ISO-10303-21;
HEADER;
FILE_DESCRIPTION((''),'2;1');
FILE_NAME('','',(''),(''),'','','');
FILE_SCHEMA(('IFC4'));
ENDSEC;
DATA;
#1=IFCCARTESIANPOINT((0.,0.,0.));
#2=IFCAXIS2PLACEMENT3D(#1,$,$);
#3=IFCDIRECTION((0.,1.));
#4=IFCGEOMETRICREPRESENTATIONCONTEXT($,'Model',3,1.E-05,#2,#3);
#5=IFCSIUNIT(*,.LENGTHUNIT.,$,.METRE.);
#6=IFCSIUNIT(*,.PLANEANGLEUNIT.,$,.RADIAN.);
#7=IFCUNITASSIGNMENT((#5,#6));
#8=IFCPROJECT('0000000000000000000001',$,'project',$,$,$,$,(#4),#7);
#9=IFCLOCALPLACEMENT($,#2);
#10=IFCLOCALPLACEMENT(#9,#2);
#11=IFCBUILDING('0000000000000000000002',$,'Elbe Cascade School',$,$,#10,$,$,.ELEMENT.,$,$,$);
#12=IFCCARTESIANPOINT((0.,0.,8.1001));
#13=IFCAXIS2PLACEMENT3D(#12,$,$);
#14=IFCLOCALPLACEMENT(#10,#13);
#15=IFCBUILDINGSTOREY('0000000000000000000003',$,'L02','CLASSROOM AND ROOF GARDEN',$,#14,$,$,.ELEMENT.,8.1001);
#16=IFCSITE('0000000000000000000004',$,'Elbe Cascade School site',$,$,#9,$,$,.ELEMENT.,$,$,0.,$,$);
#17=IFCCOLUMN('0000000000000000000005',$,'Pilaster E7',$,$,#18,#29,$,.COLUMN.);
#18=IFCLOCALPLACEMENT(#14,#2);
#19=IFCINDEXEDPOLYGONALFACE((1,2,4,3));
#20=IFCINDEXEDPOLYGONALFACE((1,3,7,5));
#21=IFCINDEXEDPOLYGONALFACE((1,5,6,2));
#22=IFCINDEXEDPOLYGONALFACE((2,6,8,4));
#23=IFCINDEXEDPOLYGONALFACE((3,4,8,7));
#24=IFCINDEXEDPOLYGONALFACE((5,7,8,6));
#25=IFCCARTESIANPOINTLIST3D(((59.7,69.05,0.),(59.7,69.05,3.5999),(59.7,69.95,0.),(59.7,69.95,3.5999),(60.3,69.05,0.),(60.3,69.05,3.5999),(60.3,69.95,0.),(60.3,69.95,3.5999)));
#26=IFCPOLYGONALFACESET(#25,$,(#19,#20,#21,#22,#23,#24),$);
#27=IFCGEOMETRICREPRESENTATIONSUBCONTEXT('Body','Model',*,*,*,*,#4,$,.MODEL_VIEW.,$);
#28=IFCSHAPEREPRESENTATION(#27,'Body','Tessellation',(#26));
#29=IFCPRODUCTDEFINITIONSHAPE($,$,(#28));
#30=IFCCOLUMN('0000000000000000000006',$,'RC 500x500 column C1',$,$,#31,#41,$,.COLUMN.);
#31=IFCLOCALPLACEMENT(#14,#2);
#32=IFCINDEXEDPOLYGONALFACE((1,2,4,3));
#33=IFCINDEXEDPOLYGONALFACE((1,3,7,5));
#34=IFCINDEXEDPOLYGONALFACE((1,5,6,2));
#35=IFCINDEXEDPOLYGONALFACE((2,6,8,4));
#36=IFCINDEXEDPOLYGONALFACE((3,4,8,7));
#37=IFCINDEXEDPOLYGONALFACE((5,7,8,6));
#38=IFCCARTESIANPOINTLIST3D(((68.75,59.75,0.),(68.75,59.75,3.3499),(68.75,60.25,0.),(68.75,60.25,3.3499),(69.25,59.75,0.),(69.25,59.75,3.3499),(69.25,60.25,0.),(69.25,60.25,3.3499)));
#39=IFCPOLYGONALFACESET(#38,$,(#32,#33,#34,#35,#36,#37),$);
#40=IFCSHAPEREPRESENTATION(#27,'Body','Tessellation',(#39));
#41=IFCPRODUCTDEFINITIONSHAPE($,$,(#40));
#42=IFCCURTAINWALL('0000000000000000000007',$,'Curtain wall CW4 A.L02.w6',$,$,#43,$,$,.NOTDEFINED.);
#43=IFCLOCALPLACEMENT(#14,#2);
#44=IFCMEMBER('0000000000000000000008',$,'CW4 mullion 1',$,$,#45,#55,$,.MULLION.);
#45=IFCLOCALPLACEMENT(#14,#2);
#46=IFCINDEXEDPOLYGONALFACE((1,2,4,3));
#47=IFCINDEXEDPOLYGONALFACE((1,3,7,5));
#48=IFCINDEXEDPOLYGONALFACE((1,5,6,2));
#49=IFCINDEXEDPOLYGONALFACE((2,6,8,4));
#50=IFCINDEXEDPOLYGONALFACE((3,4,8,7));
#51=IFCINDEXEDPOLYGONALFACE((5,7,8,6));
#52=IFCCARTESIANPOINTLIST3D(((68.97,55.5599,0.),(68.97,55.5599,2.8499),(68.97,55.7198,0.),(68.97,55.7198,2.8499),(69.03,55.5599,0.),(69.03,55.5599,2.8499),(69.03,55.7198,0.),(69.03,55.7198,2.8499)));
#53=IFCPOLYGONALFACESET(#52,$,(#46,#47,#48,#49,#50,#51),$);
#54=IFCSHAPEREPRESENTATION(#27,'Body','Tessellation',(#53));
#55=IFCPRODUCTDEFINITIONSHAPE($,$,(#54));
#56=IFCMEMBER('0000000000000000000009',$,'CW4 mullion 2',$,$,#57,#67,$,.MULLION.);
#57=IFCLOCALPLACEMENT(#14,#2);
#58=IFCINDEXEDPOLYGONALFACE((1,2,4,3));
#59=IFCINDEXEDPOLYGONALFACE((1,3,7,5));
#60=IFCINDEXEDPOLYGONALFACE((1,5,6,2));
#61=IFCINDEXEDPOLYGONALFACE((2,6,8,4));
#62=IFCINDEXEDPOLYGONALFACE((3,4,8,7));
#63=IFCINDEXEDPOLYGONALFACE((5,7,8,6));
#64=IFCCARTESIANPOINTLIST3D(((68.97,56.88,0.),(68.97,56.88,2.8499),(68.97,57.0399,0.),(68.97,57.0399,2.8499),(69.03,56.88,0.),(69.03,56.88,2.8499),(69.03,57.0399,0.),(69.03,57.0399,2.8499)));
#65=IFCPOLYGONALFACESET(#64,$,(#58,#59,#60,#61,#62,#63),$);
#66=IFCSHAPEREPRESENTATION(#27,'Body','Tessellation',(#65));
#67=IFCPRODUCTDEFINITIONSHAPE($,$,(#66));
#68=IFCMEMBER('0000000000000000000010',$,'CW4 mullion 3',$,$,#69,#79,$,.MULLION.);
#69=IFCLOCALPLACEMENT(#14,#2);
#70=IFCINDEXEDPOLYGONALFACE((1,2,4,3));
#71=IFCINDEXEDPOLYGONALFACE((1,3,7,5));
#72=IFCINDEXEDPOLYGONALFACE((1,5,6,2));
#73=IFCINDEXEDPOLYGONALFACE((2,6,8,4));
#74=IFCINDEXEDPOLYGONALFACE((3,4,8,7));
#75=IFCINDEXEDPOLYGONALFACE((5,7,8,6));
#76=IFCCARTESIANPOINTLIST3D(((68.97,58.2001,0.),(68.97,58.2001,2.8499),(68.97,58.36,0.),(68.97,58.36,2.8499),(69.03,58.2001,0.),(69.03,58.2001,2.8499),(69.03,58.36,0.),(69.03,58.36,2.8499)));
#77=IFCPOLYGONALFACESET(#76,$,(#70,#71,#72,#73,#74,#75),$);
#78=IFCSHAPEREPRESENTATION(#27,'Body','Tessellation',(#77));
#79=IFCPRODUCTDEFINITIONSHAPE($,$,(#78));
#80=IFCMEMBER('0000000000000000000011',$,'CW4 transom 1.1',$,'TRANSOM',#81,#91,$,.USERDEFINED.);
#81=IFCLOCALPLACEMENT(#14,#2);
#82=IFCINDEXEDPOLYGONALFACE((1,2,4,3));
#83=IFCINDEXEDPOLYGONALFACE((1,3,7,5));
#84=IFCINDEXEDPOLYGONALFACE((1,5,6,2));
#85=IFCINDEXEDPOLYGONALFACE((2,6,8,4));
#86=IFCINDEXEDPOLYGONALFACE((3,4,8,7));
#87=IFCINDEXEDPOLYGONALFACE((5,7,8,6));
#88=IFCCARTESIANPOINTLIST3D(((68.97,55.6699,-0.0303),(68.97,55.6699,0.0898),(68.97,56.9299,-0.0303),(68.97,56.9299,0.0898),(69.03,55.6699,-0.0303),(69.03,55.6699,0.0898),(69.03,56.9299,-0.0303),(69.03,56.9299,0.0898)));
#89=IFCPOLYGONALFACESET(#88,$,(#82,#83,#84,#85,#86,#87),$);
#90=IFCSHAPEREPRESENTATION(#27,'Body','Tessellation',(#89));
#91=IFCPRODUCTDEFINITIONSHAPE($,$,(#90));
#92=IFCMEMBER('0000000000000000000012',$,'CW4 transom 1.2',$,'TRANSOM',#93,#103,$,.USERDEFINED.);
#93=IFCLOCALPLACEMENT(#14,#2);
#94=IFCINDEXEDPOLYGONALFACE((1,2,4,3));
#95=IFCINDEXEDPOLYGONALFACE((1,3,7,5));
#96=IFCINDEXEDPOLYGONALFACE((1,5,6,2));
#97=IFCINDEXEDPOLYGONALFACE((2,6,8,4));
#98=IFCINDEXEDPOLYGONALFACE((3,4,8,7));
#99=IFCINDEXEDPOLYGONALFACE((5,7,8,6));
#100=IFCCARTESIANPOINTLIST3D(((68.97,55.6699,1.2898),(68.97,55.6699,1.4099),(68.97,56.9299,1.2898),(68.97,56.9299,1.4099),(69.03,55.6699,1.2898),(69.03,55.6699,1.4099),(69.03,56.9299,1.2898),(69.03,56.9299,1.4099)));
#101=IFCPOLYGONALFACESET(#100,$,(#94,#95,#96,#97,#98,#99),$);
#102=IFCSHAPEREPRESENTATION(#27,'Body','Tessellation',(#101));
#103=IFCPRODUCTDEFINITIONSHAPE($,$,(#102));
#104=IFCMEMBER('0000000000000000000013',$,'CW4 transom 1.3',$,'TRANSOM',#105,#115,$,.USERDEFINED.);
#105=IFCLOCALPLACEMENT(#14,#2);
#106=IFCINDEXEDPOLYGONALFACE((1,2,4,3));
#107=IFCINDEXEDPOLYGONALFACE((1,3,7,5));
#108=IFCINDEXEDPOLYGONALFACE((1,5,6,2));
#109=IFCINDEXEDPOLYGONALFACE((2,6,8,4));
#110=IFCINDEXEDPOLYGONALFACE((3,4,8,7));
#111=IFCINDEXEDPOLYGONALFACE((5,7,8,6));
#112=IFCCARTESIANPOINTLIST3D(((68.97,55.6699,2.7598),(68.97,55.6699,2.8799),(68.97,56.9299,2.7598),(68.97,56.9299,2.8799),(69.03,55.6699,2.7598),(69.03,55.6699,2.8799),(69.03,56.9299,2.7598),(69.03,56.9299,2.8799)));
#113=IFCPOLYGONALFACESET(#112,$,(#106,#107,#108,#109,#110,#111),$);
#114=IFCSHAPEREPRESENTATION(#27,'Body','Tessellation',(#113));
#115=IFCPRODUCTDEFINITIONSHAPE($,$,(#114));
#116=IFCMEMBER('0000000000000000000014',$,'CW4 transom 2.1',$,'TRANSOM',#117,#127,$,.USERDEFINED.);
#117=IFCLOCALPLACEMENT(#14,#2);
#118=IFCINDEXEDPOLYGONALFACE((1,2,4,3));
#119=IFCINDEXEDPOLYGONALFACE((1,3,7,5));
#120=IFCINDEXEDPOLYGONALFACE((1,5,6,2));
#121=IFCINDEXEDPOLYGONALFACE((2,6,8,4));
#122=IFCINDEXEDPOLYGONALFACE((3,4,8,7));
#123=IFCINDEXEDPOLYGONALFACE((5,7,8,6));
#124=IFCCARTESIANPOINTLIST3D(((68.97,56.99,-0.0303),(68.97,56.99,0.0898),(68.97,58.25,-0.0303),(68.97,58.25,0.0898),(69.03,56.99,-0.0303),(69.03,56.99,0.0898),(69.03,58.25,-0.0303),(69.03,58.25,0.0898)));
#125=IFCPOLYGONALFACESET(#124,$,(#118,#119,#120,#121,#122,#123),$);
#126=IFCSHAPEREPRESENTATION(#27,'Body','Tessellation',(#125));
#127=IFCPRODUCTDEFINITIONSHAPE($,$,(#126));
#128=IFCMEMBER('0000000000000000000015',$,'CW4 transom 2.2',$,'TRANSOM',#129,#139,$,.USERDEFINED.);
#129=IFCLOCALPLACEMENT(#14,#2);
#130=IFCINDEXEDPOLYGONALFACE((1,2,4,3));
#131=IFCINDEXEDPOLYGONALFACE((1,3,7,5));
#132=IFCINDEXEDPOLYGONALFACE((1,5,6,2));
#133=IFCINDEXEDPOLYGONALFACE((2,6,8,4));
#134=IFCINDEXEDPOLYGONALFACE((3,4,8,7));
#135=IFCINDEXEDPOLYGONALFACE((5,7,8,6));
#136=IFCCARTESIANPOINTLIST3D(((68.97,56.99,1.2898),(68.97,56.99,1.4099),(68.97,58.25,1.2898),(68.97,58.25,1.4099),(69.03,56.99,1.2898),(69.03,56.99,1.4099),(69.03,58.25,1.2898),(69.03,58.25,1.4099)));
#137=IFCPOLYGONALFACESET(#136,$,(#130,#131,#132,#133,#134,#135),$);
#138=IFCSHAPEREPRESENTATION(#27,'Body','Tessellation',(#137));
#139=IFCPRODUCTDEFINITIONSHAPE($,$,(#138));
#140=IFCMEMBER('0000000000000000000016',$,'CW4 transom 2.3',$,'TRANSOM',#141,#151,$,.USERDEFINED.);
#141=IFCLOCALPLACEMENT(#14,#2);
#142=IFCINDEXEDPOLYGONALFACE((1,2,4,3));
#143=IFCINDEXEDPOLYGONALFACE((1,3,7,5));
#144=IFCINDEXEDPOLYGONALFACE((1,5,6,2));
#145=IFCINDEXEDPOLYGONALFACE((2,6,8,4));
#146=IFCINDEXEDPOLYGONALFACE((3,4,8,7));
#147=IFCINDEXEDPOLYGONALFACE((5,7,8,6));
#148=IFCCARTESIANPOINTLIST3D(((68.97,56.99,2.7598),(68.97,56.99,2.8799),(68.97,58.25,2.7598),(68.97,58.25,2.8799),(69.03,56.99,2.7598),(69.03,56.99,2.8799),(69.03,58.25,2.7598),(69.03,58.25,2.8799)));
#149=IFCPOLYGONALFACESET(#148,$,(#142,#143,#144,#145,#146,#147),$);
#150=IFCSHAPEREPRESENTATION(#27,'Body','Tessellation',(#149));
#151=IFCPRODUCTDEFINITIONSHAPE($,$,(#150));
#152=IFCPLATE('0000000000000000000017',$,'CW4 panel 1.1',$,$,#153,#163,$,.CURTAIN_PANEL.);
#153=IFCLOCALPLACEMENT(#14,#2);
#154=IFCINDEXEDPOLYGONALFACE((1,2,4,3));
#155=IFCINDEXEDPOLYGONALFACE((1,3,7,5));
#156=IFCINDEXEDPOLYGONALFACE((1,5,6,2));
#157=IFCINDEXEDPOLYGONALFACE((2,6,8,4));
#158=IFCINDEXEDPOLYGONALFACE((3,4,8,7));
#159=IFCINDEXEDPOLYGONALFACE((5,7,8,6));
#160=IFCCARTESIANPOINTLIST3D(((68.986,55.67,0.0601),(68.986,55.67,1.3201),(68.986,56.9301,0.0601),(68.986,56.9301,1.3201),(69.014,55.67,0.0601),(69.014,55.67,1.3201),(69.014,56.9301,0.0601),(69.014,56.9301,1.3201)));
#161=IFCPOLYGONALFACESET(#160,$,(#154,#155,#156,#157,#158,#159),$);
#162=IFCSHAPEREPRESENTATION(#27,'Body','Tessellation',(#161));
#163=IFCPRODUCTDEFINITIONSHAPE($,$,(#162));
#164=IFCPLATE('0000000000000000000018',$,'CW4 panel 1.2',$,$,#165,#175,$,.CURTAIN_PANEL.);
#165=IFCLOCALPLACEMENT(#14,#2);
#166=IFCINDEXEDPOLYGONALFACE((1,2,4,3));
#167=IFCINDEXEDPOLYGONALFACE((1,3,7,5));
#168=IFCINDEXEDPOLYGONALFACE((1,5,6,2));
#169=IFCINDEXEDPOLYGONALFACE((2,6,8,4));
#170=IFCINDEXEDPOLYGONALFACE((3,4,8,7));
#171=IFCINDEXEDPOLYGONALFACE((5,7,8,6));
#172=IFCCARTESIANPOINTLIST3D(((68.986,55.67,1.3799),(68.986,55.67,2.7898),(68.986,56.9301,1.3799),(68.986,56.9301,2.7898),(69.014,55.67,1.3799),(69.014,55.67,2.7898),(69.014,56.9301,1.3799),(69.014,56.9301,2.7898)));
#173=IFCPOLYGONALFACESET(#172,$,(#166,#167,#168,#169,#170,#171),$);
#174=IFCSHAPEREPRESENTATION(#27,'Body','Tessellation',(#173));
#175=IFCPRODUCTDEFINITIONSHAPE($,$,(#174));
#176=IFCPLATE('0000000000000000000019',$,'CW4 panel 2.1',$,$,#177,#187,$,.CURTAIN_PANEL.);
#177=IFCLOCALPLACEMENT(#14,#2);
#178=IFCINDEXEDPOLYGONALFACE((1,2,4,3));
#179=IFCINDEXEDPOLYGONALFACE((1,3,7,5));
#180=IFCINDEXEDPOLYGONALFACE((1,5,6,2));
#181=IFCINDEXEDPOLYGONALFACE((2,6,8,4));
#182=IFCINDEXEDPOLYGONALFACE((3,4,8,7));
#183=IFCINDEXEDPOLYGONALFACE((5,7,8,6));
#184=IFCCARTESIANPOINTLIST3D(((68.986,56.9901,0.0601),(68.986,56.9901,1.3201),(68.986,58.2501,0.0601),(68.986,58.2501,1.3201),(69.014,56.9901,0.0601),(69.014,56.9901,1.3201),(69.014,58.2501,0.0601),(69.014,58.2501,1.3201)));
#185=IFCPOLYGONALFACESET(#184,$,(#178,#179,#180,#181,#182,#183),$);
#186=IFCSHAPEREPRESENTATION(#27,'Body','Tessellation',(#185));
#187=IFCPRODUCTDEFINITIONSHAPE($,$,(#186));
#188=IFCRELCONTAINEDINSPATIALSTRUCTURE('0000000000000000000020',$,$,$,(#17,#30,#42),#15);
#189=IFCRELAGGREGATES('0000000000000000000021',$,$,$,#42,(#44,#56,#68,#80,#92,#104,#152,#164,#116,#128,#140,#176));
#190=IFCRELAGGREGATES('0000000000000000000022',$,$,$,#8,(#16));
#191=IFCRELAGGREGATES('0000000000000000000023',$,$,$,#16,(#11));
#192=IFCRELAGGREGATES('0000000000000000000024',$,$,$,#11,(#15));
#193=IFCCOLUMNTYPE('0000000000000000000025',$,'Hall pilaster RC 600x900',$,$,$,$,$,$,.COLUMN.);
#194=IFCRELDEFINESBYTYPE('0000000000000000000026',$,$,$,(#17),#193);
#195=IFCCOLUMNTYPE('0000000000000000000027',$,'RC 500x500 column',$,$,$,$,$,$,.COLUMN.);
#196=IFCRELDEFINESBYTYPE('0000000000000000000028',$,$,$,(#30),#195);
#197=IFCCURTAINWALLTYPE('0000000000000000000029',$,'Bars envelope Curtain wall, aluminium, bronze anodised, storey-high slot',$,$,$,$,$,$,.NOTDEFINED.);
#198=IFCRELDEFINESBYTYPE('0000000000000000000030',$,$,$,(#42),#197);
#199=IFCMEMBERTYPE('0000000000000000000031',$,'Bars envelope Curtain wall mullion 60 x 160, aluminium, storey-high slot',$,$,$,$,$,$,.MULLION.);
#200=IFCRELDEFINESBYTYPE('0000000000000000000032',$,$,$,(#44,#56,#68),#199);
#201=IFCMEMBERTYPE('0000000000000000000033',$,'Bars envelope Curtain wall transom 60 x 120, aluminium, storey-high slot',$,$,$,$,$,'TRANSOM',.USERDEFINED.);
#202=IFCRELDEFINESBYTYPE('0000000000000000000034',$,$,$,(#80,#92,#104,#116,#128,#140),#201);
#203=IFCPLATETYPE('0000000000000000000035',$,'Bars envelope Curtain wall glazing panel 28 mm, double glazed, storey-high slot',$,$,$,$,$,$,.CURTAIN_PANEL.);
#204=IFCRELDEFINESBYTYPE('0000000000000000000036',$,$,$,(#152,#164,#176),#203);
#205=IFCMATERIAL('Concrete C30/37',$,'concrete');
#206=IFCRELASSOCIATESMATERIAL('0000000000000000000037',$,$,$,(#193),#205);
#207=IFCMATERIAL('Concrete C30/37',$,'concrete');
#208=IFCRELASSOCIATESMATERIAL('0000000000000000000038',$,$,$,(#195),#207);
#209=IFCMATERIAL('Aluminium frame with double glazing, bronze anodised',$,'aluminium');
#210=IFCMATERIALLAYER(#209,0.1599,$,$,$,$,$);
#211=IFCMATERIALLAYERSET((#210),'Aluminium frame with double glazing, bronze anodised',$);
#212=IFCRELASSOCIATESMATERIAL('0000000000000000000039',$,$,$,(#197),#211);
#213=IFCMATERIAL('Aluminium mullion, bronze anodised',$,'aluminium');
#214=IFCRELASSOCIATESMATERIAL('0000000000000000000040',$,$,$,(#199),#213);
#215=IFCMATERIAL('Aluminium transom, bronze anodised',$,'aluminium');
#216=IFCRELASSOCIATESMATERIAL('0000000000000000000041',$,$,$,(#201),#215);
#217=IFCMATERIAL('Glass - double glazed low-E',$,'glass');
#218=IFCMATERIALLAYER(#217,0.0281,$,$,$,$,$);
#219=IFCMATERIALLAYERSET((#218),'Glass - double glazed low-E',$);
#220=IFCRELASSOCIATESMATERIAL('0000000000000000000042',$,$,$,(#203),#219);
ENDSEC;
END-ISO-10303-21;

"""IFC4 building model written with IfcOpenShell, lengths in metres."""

from ifc_helpers import new_model, si_unit, direction, frame, origin, origin_2d, place, context, subcontext, project, spatial, rectangle, extrude, material, layer, layer_set, material_profile, profile_set, type_object, element, aggregate, save


model = new_model("IFC4")

# Units and contexts
model_context = context("Model", 3, precision=1e-05, world=origin(), true_north=direction((0.0, 1.0)))
body_context = subcontext(model_context, "Body", "Model", "MODEL_VIEW")
ifc_project = project(units=[si_unit("LENGTHUNIT", "METRE"), si_unit("PLANEANGLEUNIT", "RADIAN")], contexts=[model_context])

# Site, building, storey
site_placement = place(None, origin())
site = spatial("IfcSite", under=ifc_project, at=site_placement, Name="Elbe Cascade School site", CompositionType="ELEMENT", RefElevation=0.0)
building_placement = place(site_placement, origin())
building = spatial("IfcBuilding", under=site, at=building_placement, Name="Elbe Cascade School", CompositionType="ELEMENT")
storey_placement = place(building_placement, frame((0.0, 0.0, 8.1001)))
storey = spatial("IfcBuildingStorey", under=building, at=storey_placement, Name="L02", Description="CLASSROOM AND ROOF GARDEN", CompositionType="ELEMENT", Elevation=8.1001)

# Columns
ifc_material_1 = material(Name="Concrete C30/37", Category="concrete")
ifc_material_profile_1 = material_profile(ifc_material_1, rectangle(XDim=0.6001, YDim=0.8999, at=origin_2d()), Name="RC 600x900")
ifc_profile_set_1 = profile_set([ifc_material_profile_1], Name="Concrete C30/37")
column_type_1 = type_object("IfcColumnType", Name="Hall pilaster RC 600x900", PredefinedType="COLUMN", material=ifc_profile_set_1)
column_1_placement = place(storey_placement, frame((60.0, 69.5, 0.0), z_axis=(0.0, 0.0, 1.0), x_axis=(1.0, 0.0, 0.0)))
element("IfcColumn", 1, at=column_1_placement, inside=storey, type_object=column_type_1, Name="Pilaster E7", PredefinedType="COLUMN", context=body_context, shape_type="SweptSolid", body=[
    extrude(rectangle(XDim=0.6001, YDim=0.8999, at=origin_2d()), origin(), (0.0, 0.0, 1.0), 3.5999),
])
ifc_material_2 = material(Name="Concrete C30/37", Category="concrete")
ifc_material_profile_2 = material_profile(ifc_material_2, rectangle(XDim=0.5, YDim=0.5, at=origin_2d()), Name="RC 500x500")
ifc_profile_set_2 = profile_set([ifc_material_profile_2], Name="Concrete C30/37")
column_type_2 = type_object("IfcColumnType", Name="RC 500x500 column", PredefinedType="COLUMN", material=ifc_profile_set_2)
column_2_placement = place(storey_placement, frame((69.0, 60.0, 0.0), z_axis=(0.0, 0.0, 1.0), x_axis=(1.0, 0.0, 0.0)))
element("IfcColumn", 2, at=column_2_placement, inside=storey, type_object=column_type_2, Name="RC 500x500 column C1", PredefinedType="COLUMN", context=body_context, shape_type="SweptSolid", body=[
    extrude(rectangle(XDim=0.5, YDim=0.5, at=origin_2d()), origin(), (0.0, 0.0, 1.0), 3.3499),
])

# Curtain wall, members, plates
ifc_material_3 = material(Name="Aluminium frame with double glazing, bronze anodised", Category="aluminium")
ifc_layer_1 = layer(ifc_material_3, 0.1599)
ifc_layer_set_1 = layer_set([ifc_layer_1], Name="Aluminium frame with double glazing, bronze anodised")
curtain_wall_type = type_object("IfcCurtainWallType", Name="Bars envelope Curtain wall, aluminium, bronze anodised, storey-high slot", PredefinedType="NOTDEFINED", material=ifc_layer_set_1)
curtain_wall_placement = place(storey_placement, origin())
curtain_wall = element("IfcCurtainWall", 3, at=curtain_wall_placement, inside=storey, type_object=curtain_wall_type, Name="Curtain wall CW4 A.L02.w6", PredefinedType="NOTDEFINED")
ifc_material_4 = material(Name="Aluminium mullion, bronze anodised", Category="aluminium")
ifc_material_profile_3 = material_profile(ifc_material_4, rectangle(XDim=0.0601, YDim=0.1599, at=origin_2d()), Name="Bars envelope Curtain wall mullion 60 x 160, aluminium, storey-high slot")
ifc_profile_set_3 = profile_set([ifc_material_profile_3], Name="Aluminium mullion, bronze anodised")
member_type_1 = type_object("IfcMemberType", Name="Bars envelope Curtain wall mullion 60 x 160, aluminium, storey-high slot", PredefinedType="MULLION", material=ifc_profile_set_3)
member_1_placement = place(storey_placement, frame((69.0, 55.6399, 0.0), z_axis=(0.0, 0.0, 1.0), x_axis=(-1.0, 0.0, 0.0)))
member_1 = element("IfcMember", 4, at=member_1_placement, type_object=member_type_1, Name="CW4 mullion 1", PredefinedType="MULLION", context=body_context, shape_type="SweptSolid", body=[
    extrude(rectangle(XDim=0.0601, YDim=0.1599, at=origin_2d()), origin(), (0.0, 0.0, 1.0), 2.8499),
])
member_2_placement = place(storey_placement, frame((69.0, 56.96, 0.0), z_axis=(0.0, 0.0, 1.0), x_axis=(-1.0, 0.0, 0.0)))
member_2 = element("IfcMember", 5, at=member_2_placement, type_object=member_type_1, Name="CW4 mullion 2", PredefinedType="MULLION", context=body_context, shape_type="SweptSolid", body=[
    extrude(rectangle(XDim=0.0601, YDim=0.1599, at=origin_2d()), origin(), (0.0, 0.0, 1.0), 2.8499),
])
member_3_placement = place(storey_placement, frame((69.0, 58.28, 0.0), z_axis=(0.0, 0.0, 1.0), x_axis=(-1.0, 0.0, 0.0)))
member_3 = element("IfcMember", 6, at=member_3_placement, type_object=member_type_1, Name="CW4 mullion 3", PredefinedType="MULLION", context=body_context, shape_type="SweptSolid", body=[
    extrude(rectangle(XDim=0.0601, YDim=0.1599, at=origin_2d()), origin(), (0.0, 0.0, 1.0), 2.8499),
])
ifc_material_5 = material(Name="Aluminium transom, bronze anodised", Category="aluminium")
ifc_material_profile_4 = material_profile(ifc_material_5, rectangle(XDim=0.0601, YDim=0.1201, at=origin_2d()), Name="Bars envelope Curtain wall transom 60 x 120, aluminium, storey-high slot")
ifc_profile_set_4 = profile_set([ifc_material_profile_4], Name="Aluminium transom, bronze anodised")
member_type_2 = type_object("IfcMemberType", Name="Bars envelope Curtain wall transom 60 x 120, aluminium, storey-high slot", ElementType="TRANSOM", PredefinedType="USERDEFINED", material=ifc_profile_set_4)
member_4_placement = place(storey_placement, frame((69.0, 55.6699, 0.0298), z_axis=(0.0, 1.0, 0.0), x_axis=(-1.0, 0.0, 0.0)))
member_4 = element("IfcMember", 7, at=member_4_placement, type_object=member_type_2, Name="CW4 transom 1.1", ObjectType="TRANSOM", PredefinedType="USERDEFINED", context=body_context, shape_type="SweptSolid", body=[
    extrude(rectangle(XDim=0.0601, YDim=0.1201, at=origin_2d()), origin(), (0.0, 0.0, 1.0), 1.26),
])
member_5_placement = place(storey_placement, frame((69.0, 55.6699, 1.3499), z_axis=(0.0, 1.0, 0.0), x_axis=(-1.0, 0.0, 0.0)))
member_5 = element("IfcMember", 8, at=member_5_placement, type_object=member_type_2, Name="CW4 transom 1.2", ObjectType="TRANSOM", PredefinedType="USERDEFINED", context=body_context, shape_type="SweptSolid", body=[
    extrude(rectangle(XDim=0.0601, YDim=0.1201, at=origin_2d()), origin(), (0.0, 0.0, 1.0), 1.26),
])
member_6_placement = place(storey_placement, frame((69.0, 55.6699, 2.8198), z_axis=(0.0, 1.0, 0.0), x_axis=(-1.0, 0.0, 0.0)))
member_6 = element("IfcMember", 9, at=member_6_placement, type_object=member_type_2, Name="CW4 transom 1.3", ObjectType="TRANSOM", PredefinedType="USERDEFINED", context=body_context, shape_type="SweptSolid", body=[
    extrude(rectangle(XDim=0.0601, YDim=0.1201, at=origin_2d()), origin(), (0.0, 0.0, 1.0), 1.26),
])
member_7_placement = place(storey_placement, frame((69.0, 56.99, 0.0298), z_axis=(0.0, 1.0, 0.0), x_axis=(-1.0, 0.0, 0.0)))
member_7 = element("IfcMember", 10, at=member_7_placement, type_object=member_type_2, Name="CW4 transom 2.1", ObjectType="TRANSOM", PredefinedType="USERDEFINED", context=body_context, shape_type="SweptSolid", body=[
    extrude(rectangle(XDim=0.0601, YDim=0.1201, at=origin_2d()), origin(), (0.0, 0.0, 1.0), 1.26),
])
member_8_placement = place(storey_placement, frame((69.0, 56.99, 1.3499), z_axis=(0.0, 1.0, 0.0), x_axis=(-1.0, 0.0, 0.0)))
member_8 = element("IfcMember", 11, at=member_8_placement, type_object=member_type_2, Name="CW4 transom 2.2", ObjectType="TRANSOM", PredefinedType="USERDEFINED", context=body_context, shape_type="SweptSolid", body=[
    extrude(rectangle(XDim=0.0601, YDim=0.1201, at=origin_2d()), origin(), (0.0, 0.0, 1.0), 1.26),
])
member_9_placement = place(storey_placement, frame((69.0, 56.99, 2.8198), z_axis=(0.0, 1.0, 0.0), x_axis=(-1.0, 0.0, 0.0)))
member_9 = element("IfcMember", 12, at=member_9_placement, type_object=member_type_2, Name="CW4 transom 2.3", ObjectType="TRANSOM", PredefinedType="USERDEFINED", context=body_context, shape_type="SweptSolid", body=[
    extrude(rectangle(XDim=0.0601, YDim=0.1201, at=origin_2d()), origin(), (0.0, 0.0, 1.0), 1.26),
])
ifc_material_6 = material(Name="Glass - double glazed low-E", Category="glass")
ifc_layer_2 = layer(ifc_material_6, 0.0281)
ifc_layer_set_2 = layer_set([ifc_layer_2], Name="Glass - double glazed low-E")
plate_type = type_object("IfcPlateType", Name="Bars envelope Curtain wall glazing panel 28 mm, double glazed, storey-high slot", PredefinedType="CURTAIN_PANEL", material=ifc_layer_set_2)
plate_1_placement = place(storey_placement, frame((69.0, 56.3, 0.0601), z_axis=(0.0, 0.0, 1.0), x_axis=(0.0, 1.0, 0.0)))
plate_1 = element("IfcPlate", 13, at=plate_1_placement, type_object=plate_type, Name="CW4 panel 1.1", PredefinedType="CURTAIN_PANEL", context=body_context, shape_type="SweptSolid", body=[
    extrude(rectangle(XDim=1.26, YDim=0.0281, at=origin_2d()), origin(), (0.0, 0.0, 1.0), 1.26),
])
plate_2_placement = place(storey_placement, frame((69.0, 56.3, 1.3799), z_axis=(0.0, 0.0, 1.0), x_axis=(0.0, 1.0, 0.0)))
plate_2 = element("IfcPlate", 14, at=plate_2_placement, type_object=plate_type, Name="CW4 panel 1.2", PredefinedType="CURTAIN_PANEL", context=body_context, shape_type="SweptSolid", body=[
    extrude(rectangle(XDim=1.26, YDim=0.0281, at=origin_2d()), origin(), (0.0, 0.0, 1.0), 1.4099),
])
plate_3_placement = place(storey_placement, frame((69.0, 57.6201, 0.0601), z_axis=(0.0, 0.0, 1.0), x_axis=(0.0, 1.0, 0.0)))
plate_3 = element("IfcPlate", 15, at=plate_3_placement, type_object=plate_type, Name="CW4 panel 2.1", PredefinedType="CURTAIN_PANEL", context=body_context, shape_type="SweptSolid", body=[
    extrude(rectangle(XDim=1.26, YDim=0.0281, at=origin_2d()), origin(), (0.0, 0.0, 1.0), 1.26),
])
aggregate(curtain_wall, [member_1, member_2, member_3, member_4, member_5, member_6, plate_1, plate_2, member_7, member_8, member_9, plate_3])

save(model, "model.ifc")
